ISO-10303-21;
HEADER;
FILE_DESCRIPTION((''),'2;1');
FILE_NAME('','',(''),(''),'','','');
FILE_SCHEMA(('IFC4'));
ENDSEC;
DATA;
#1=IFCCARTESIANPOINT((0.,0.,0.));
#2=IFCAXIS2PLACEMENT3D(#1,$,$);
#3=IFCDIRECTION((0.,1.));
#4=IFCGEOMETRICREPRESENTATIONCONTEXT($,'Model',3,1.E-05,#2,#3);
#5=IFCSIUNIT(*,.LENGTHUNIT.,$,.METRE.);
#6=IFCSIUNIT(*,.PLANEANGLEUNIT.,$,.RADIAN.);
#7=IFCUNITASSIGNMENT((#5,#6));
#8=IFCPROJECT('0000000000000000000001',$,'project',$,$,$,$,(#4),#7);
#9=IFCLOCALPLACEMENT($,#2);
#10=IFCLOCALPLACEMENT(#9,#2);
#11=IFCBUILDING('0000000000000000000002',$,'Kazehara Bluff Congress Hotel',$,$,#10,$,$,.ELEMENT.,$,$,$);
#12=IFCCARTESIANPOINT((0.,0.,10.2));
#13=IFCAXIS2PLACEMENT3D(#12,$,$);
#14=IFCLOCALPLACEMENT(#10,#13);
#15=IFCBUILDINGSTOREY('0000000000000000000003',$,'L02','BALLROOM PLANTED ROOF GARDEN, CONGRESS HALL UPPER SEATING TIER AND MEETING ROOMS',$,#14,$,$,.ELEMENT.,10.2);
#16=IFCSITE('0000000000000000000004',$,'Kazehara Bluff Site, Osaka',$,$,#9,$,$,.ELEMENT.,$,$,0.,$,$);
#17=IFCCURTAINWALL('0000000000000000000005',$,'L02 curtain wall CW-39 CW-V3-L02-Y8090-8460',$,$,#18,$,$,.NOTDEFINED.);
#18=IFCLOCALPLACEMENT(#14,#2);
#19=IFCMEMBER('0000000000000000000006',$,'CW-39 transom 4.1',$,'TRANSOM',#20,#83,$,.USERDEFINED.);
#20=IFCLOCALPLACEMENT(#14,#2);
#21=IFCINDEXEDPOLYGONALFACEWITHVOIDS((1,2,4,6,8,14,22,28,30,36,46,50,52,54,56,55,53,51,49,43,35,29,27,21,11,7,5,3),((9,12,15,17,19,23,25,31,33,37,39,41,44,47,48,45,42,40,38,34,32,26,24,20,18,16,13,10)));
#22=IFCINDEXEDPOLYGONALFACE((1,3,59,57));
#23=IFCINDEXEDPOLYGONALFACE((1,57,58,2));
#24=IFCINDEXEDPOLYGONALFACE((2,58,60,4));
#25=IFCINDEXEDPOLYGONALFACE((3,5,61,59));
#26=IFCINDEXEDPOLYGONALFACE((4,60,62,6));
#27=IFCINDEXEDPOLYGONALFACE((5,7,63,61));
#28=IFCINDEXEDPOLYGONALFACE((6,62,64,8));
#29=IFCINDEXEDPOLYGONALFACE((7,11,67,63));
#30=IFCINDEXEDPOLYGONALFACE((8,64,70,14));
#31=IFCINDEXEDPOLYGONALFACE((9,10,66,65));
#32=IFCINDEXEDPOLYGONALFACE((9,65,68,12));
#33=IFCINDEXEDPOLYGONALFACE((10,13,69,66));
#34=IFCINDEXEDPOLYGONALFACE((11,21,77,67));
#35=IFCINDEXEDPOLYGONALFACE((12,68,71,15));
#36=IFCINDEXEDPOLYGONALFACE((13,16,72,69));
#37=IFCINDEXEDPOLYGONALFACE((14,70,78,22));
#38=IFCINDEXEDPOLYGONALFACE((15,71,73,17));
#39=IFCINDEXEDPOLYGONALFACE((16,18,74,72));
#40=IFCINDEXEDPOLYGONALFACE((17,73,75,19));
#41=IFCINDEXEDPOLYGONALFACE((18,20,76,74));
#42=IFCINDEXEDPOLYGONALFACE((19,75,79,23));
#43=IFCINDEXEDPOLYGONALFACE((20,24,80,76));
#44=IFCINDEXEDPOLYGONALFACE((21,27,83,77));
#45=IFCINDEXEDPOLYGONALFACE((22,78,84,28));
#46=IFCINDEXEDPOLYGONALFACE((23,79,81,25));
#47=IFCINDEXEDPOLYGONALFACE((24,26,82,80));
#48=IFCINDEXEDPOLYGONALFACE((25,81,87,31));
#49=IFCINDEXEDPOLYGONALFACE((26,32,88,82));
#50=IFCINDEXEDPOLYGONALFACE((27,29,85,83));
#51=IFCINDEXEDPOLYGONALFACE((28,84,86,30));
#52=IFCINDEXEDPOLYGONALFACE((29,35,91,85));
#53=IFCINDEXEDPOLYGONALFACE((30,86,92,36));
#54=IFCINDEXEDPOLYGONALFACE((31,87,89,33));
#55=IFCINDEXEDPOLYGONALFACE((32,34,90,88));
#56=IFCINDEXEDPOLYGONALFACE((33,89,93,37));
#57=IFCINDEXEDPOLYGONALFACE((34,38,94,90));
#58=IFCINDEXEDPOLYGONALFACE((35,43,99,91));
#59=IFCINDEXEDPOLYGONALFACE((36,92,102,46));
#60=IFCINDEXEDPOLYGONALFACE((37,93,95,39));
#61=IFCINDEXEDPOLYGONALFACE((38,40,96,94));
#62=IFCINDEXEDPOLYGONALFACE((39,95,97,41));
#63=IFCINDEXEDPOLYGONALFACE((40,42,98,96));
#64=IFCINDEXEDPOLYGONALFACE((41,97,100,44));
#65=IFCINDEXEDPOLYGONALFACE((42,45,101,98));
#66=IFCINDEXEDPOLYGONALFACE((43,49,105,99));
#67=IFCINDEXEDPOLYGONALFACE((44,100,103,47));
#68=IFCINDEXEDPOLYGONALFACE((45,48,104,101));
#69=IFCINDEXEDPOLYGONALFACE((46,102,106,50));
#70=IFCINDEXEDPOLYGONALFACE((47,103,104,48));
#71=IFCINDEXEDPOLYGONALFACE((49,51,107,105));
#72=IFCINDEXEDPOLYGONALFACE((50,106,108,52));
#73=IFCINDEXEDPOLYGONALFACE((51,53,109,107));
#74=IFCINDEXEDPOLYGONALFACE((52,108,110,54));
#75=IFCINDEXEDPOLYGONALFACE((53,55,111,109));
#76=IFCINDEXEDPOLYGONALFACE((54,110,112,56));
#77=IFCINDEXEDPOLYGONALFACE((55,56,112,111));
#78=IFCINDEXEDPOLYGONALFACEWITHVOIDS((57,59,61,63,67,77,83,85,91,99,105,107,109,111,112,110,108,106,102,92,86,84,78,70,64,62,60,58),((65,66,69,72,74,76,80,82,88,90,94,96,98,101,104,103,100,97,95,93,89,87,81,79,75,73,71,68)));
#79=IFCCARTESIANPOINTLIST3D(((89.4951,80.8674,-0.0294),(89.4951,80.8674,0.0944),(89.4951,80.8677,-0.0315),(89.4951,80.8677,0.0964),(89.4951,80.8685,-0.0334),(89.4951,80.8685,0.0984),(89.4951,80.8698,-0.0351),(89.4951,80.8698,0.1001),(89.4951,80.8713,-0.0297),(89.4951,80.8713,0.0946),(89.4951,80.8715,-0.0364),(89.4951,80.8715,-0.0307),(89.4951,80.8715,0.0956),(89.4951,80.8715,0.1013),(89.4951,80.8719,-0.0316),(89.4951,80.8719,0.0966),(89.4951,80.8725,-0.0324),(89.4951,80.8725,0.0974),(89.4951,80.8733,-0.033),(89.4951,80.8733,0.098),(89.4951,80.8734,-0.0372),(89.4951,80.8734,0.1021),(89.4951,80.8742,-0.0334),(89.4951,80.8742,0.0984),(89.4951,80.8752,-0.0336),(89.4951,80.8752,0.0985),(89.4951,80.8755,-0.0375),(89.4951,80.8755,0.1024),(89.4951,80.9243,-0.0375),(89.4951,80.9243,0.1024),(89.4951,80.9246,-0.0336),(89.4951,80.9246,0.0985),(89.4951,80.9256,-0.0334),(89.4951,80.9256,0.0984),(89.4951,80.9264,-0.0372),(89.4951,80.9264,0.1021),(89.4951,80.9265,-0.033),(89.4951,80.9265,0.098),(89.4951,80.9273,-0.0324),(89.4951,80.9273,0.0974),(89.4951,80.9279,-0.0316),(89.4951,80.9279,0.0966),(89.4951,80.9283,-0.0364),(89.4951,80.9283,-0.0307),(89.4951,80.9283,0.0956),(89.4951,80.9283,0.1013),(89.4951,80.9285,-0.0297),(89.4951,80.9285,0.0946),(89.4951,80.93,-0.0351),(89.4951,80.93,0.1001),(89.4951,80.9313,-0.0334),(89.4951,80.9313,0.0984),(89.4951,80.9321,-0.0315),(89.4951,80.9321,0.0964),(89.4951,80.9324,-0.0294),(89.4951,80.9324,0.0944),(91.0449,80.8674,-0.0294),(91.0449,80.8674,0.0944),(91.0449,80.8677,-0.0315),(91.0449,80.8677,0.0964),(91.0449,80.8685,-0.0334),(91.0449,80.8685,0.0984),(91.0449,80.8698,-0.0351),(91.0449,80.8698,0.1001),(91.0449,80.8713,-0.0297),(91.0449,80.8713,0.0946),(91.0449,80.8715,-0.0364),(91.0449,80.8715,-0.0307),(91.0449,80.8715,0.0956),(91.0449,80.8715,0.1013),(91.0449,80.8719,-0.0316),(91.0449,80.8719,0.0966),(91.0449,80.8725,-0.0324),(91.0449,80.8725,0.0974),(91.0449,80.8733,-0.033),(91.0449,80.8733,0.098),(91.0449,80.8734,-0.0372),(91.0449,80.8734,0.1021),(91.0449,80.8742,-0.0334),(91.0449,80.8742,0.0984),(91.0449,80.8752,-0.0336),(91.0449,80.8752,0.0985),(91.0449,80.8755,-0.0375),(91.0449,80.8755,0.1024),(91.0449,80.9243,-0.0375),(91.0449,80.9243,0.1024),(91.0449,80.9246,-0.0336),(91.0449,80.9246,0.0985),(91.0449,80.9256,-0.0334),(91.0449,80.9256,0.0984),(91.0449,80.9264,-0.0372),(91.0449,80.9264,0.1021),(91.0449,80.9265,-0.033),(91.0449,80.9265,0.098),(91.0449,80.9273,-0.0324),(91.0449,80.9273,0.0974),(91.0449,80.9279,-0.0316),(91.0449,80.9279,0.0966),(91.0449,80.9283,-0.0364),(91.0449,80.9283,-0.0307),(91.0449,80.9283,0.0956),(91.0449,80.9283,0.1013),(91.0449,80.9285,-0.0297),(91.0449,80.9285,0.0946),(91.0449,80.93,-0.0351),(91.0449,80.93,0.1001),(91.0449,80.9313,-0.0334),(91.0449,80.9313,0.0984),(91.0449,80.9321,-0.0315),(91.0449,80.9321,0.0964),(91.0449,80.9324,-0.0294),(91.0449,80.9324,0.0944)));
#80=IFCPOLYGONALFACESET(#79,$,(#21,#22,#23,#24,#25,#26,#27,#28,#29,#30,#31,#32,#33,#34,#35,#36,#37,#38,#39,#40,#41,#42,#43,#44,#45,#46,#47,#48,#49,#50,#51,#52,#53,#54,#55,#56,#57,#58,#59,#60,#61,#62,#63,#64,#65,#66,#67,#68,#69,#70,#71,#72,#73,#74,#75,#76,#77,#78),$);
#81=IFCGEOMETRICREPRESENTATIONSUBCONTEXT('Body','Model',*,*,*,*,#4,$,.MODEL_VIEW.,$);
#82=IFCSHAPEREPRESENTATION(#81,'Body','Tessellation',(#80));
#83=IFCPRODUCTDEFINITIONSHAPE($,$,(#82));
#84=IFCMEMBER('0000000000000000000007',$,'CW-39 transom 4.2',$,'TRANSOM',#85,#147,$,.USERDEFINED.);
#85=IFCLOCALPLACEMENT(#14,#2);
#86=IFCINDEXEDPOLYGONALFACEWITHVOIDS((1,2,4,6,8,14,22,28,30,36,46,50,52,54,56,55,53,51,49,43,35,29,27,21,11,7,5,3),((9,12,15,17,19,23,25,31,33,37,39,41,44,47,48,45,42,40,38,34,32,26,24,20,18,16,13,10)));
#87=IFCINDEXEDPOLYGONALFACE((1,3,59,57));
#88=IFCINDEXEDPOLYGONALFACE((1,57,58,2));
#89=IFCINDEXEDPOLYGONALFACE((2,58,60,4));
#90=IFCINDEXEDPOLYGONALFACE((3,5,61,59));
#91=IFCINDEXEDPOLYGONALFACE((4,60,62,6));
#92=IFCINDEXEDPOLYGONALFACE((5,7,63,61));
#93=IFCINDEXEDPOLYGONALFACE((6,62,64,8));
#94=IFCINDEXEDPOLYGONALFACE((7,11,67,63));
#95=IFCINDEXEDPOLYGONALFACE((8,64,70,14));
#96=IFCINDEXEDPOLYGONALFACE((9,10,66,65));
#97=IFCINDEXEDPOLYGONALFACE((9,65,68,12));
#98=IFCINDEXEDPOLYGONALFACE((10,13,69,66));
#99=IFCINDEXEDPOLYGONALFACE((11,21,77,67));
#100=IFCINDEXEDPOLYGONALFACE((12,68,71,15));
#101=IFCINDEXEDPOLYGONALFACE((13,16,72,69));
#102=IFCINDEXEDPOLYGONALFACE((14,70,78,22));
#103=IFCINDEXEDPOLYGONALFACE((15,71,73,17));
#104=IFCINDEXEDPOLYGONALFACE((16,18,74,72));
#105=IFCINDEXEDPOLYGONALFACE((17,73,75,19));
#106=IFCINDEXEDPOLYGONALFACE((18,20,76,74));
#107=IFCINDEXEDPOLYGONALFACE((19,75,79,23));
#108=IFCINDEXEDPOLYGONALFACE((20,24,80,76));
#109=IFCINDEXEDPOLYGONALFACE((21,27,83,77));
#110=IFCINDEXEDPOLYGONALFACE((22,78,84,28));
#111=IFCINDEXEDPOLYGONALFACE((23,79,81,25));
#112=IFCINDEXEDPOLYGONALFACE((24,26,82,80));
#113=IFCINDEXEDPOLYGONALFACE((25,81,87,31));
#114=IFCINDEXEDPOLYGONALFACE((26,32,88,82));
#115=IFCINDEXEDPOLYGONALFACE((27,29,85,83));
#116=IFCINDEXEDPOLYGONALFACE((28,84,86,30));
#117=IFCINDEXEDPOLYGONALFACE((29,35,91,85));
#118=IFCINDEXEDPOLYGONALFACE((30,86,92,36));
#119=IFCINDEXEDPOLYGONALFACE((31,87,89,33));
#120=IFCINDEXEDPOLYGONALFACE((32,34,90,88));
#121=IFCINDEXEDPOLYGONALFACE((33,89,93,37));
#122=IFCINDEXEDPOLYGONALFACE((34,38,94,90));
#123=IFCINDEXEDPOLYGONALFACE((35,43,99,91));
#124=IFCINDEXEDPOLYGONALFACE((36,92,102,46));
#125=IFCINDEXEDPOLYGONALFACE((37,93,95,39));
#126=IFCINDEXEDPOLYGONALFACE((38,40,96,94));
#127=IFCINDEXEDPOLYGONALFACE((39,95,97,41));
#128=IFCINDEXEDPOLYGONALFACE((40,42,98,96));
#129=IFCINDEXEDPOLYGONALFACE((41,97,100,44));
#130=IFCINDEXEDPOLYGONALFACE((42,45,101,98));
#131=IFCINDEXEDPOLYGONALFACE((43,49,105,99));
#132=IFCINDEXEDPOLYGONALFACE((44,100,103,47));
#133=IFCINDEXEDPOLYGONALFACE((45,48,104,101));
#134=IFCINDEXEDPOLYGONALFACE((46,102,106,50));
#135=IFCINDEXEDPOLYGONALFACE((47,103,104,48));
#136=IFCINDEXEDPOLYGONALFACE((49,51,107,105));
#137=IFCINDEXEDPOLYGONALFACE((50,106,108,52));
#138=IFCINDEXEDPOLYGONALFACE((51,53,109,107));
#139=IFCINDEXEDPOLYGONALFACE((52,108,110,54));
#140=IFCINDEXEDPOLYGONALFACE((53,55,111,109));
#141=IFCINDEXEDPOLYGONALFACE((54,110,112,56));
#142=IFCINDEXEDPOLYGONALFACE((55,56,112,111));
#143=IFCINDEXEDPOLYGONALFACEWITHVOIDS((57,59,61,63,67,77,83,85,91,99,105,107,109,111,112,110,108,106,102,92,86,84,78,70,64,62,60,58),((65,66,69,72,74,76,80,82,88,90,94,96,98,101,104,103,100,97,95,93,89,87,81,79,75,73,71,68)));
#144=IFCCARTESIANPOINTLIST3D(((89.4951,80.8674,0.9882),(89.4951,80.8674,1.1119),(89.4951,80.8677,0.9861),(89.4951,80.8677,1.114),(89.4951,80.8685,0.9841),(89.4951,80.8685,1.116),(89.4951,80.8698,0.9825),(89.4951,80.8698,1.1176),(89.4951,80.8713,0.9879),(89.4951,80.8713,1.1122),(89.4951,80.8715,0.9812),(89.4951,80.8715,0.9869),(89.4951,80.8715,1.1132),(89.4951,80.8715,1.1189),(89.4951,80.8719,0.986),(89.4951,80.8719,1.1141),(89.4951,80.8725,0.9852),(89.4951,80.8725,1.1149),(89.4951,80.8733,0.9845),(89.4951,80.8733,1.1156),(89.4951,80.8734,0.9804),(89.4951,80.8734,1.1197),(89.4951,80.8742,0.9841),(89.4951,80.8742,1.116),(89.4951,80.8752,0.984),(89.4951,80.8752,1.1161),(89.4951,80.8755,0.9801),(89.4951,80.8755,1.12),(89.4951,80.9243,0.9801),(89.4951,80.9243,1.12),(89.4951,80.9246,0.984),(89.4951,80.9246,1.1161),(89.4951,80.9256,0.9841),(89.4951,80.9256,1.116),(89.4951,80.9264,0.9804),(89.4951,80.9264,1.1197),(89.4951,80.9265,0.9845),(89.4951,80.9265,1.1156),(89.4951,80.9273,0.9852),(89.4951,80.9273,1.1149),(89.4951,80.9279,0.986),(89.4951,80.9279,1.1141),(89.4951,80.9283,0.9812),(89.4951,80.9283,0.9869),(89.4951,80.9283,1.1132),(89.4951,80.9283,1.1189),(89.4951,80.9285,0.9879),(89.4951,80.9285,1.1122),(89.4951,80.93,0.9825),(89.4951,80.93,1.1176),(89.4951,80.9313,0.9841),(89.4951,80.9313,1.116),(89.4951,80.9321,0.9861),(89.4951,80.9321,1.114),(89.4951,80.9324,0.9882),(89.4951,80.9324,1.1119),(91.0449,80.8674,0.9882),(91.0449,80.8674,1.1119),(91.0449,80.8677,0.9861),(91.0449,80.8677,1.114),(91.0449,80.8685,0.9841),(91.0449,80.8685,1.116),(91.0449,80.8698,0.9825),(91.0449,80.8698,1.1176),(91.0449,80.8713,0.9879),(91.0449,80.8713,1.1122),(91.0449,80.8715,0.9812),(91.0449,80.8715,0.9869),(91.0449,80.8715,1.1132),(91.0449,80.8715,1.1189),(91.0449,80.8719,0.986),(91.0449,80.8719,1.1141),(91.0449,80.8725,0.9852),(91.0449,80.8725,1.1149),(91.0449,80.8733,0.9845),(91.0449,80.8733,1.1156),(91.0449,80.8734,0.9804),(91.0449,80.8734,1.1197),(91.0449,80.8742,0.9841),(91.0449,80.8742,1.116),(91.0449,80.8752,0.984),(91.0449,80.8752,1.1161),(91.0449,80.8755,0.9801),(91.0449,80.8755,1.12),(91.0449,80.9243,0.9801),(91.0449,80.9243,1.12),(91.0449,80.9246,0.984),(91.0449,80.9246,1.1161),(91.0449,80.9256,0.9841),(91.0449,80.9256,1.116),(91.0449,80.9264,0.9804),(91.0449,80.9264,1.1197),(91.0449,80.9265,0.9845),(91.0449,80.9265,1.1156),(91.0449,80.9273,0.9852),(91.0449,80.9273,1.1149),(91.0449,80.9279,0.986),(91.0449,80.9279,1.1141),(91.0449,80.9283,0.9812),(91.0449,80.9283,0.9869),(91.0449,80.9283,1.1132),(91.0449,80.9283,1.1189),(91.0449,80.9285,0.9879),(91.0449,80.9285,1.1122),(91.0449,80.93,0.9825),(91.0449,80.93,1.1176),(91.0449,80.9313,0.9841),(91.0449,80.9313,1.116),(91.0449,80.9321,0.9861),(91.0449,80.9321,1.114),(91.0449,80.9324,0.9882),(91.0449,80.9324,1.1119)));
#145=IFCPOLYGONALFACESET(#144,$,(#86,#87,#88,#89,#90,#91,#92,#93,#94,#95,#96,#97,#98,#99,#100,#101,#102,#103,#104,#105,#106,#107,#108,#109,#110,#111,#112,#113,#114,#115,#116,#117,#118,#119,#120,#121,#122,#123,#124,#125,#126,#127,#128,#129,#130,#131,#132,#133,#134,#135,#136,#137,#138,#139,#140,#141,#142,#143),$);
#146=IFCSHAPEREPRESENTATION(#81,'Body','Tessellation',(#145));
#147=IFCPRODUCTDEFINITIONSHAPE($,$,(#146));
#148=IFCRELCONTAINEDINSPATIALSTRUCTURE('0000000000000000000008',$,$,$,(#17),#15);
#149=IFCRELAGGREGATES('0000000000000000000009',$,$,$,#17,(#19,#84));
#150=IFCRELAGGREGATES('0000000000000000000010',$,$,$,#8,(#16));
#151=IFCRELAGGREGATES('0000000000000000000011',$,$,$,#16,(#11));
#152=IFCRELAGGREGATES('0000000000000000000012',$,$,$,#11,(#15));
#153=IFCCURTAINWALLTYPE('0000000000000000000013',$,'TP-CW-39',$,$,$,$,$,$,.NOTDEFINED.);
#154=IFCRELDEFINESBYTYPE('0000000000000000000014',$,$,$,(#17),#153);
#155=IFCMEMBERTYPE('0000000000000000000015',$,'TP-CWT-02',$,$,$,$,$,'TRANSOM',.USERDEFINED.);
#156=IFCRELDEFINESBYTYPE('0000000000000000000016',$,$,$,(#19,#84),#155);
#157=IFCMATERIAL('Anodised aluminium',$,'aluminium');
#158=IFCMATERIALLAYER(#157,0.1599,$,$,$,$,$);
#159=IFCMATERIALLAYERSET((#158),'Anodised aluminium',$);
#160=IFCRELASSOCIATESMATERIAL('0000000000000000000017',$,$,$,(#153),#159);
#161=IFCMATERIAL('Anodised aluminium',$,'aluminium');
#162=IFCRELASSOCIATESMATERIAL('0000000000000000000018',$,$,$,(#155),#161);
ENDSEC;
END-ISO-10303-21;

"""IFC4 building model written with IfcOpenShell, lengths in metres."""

from ifc_helpers import new_model, si_unit, direction, frame, origin, origin_2d, place, context, subcontext, project, spatial, hollow_rectangle, extrude, material, layer, layer_set, material_profile, profile_set, type_object, element, aggregate, save


model = new_model("IFC4")

# Units and contexts
model_context = context("Model", 3, precision=1e-05, world=origin(), true_north=direction((0.0, 1.0)))
body_context = subcontext(model_context, "Body", "Model", "MODEL_VIEW")
ifc_project = project(units=[si_unit("LENGTHUNIT", "METRE"), si_unit("PLANEANGLEUNIT", "RADIAN")], contexts=[model_context])

# Site, building, storey
site_placement = place(None, origin())
site = spatial("IfcSite", under=ifc_project, at=site_placement, Name="Kazehara Bluff Site, Osaka", CompositionType="ELEMENT", RefElevation=0.0)
building_placement = place(site_placement, origin())
building = spatial("IfcBuilding", under=site, at=building_placement, Name="Kazehara Bluff Congress Hotel", CompositionType="ELEMENT")
storey_placement = place(building_placement, frame((0.0, 0.0, 10.2)))
storey = spatial("IfcBuildingStorey", under=building, at=storey_placement, Name="L02", Description="BALLROOM PLANTED ROOF GARDEN, CONGRESS HALL UPPER SEATING TIER AND MEETING ROOMS", CompositionType="ELEMENT", Elevation=10.2)

# Curtain wall, members
ifc_material_1 = material(Name="Anodised aluminium", Category="aluminium")
ifc_layer_1 = layer(ifc_material_1, 0.1599)
ifc_layer_set_1 = layer_set([ifc_layer_1], Name="Anodised aluminium")
curtain_wall_type = type_object("IfcCurtainWallType", Name="TP-CW-39", PredefinedType="NOTDEFINED", material=ifc_layer_set_1)
curtain_wall_placement = place(storey_placement, origin())
curtain_wall = element("IfcCurtainWall", 1, at=curtain_wall_placement, inside=storey, type_object=curtain_wall_type, Name="L02 curtain wall CW-39 CW-V3-L02-Y8090-8460", PredefinedType="NOTDEFINED")
ifc_material_2 = material(Name="Anodised aluminium", Category="aluminium")
ifc_material_profile_1 = material_profile(ifc_material_2, hollow_rectangle(XDim=0.0649, YDim=0.1399, WallThickness=0.0039, InnerFilletRadius=0.0039, OuterFilletRadius=0.0081, at=origin_2d()))
ifc_profile_set_1 = profile_set([ifc_material_profile_1], Name="Anodised aluminium")
member_type_1 = type_object("IfcMemberType", Name="TP-CWT-02", ElementType="TRANSOM", PredefinedType="USERDEFINED", material=ifc_profile_set_1)
member_1_placement = place(storey_placement, frame((89.4951, 80.8999, 0.0325), z_axis=(1.0, 0.0, 0.0), x_axis=(0.0, 1.0, 0.0)))
member_1 = element("IfcMember", 2, at=member_1_placement, type_object=member_type_1, Name="CW-39 transom 4.1", ObjectType="TRANSOM", PredefinedType="USERDEFINED", context=body_context, shape_type="SweptSolid", body=[
    extrude(hollow_rectangle(XDim=0.0649, YDim=0.1399, WallThickness=0.0039, InnerFilletRadius=0.0039, OuterFilletRadius=0.0081, at=origin_2d()), origin(), (0.0, 0.0, 1.0), 1.5498),
])
member_2_placement = place(storey_placement, frame((89.4951, 80.8999, 1.05), z_axis=(1.0, 0.0, 0.0), x_axis=(0.0, 1.0, 0.0)))
member_2 = element("IfcMember", 3, at=member_2_placement, type_object=member_type_1, Name="CW-39 transom 4.2", ObjectType="TRANSOM", PredefinedType="USERDEFINED", context=body_context, shape_type="SweptSolid", body=[
    extrude(hollow_rectangle(XDim=0.0649, YDim=0.1399, WallThickness=0.0039, InnerFilletRadius=0.0039, OuterFilletRadius=0.0081, at=origin_2d()), origin(), (0.0, 0.0, 1.0), 1.5498),
])
aggregate(curtain_wall, [member_1, member_2])

save(model, "model.ifc")
